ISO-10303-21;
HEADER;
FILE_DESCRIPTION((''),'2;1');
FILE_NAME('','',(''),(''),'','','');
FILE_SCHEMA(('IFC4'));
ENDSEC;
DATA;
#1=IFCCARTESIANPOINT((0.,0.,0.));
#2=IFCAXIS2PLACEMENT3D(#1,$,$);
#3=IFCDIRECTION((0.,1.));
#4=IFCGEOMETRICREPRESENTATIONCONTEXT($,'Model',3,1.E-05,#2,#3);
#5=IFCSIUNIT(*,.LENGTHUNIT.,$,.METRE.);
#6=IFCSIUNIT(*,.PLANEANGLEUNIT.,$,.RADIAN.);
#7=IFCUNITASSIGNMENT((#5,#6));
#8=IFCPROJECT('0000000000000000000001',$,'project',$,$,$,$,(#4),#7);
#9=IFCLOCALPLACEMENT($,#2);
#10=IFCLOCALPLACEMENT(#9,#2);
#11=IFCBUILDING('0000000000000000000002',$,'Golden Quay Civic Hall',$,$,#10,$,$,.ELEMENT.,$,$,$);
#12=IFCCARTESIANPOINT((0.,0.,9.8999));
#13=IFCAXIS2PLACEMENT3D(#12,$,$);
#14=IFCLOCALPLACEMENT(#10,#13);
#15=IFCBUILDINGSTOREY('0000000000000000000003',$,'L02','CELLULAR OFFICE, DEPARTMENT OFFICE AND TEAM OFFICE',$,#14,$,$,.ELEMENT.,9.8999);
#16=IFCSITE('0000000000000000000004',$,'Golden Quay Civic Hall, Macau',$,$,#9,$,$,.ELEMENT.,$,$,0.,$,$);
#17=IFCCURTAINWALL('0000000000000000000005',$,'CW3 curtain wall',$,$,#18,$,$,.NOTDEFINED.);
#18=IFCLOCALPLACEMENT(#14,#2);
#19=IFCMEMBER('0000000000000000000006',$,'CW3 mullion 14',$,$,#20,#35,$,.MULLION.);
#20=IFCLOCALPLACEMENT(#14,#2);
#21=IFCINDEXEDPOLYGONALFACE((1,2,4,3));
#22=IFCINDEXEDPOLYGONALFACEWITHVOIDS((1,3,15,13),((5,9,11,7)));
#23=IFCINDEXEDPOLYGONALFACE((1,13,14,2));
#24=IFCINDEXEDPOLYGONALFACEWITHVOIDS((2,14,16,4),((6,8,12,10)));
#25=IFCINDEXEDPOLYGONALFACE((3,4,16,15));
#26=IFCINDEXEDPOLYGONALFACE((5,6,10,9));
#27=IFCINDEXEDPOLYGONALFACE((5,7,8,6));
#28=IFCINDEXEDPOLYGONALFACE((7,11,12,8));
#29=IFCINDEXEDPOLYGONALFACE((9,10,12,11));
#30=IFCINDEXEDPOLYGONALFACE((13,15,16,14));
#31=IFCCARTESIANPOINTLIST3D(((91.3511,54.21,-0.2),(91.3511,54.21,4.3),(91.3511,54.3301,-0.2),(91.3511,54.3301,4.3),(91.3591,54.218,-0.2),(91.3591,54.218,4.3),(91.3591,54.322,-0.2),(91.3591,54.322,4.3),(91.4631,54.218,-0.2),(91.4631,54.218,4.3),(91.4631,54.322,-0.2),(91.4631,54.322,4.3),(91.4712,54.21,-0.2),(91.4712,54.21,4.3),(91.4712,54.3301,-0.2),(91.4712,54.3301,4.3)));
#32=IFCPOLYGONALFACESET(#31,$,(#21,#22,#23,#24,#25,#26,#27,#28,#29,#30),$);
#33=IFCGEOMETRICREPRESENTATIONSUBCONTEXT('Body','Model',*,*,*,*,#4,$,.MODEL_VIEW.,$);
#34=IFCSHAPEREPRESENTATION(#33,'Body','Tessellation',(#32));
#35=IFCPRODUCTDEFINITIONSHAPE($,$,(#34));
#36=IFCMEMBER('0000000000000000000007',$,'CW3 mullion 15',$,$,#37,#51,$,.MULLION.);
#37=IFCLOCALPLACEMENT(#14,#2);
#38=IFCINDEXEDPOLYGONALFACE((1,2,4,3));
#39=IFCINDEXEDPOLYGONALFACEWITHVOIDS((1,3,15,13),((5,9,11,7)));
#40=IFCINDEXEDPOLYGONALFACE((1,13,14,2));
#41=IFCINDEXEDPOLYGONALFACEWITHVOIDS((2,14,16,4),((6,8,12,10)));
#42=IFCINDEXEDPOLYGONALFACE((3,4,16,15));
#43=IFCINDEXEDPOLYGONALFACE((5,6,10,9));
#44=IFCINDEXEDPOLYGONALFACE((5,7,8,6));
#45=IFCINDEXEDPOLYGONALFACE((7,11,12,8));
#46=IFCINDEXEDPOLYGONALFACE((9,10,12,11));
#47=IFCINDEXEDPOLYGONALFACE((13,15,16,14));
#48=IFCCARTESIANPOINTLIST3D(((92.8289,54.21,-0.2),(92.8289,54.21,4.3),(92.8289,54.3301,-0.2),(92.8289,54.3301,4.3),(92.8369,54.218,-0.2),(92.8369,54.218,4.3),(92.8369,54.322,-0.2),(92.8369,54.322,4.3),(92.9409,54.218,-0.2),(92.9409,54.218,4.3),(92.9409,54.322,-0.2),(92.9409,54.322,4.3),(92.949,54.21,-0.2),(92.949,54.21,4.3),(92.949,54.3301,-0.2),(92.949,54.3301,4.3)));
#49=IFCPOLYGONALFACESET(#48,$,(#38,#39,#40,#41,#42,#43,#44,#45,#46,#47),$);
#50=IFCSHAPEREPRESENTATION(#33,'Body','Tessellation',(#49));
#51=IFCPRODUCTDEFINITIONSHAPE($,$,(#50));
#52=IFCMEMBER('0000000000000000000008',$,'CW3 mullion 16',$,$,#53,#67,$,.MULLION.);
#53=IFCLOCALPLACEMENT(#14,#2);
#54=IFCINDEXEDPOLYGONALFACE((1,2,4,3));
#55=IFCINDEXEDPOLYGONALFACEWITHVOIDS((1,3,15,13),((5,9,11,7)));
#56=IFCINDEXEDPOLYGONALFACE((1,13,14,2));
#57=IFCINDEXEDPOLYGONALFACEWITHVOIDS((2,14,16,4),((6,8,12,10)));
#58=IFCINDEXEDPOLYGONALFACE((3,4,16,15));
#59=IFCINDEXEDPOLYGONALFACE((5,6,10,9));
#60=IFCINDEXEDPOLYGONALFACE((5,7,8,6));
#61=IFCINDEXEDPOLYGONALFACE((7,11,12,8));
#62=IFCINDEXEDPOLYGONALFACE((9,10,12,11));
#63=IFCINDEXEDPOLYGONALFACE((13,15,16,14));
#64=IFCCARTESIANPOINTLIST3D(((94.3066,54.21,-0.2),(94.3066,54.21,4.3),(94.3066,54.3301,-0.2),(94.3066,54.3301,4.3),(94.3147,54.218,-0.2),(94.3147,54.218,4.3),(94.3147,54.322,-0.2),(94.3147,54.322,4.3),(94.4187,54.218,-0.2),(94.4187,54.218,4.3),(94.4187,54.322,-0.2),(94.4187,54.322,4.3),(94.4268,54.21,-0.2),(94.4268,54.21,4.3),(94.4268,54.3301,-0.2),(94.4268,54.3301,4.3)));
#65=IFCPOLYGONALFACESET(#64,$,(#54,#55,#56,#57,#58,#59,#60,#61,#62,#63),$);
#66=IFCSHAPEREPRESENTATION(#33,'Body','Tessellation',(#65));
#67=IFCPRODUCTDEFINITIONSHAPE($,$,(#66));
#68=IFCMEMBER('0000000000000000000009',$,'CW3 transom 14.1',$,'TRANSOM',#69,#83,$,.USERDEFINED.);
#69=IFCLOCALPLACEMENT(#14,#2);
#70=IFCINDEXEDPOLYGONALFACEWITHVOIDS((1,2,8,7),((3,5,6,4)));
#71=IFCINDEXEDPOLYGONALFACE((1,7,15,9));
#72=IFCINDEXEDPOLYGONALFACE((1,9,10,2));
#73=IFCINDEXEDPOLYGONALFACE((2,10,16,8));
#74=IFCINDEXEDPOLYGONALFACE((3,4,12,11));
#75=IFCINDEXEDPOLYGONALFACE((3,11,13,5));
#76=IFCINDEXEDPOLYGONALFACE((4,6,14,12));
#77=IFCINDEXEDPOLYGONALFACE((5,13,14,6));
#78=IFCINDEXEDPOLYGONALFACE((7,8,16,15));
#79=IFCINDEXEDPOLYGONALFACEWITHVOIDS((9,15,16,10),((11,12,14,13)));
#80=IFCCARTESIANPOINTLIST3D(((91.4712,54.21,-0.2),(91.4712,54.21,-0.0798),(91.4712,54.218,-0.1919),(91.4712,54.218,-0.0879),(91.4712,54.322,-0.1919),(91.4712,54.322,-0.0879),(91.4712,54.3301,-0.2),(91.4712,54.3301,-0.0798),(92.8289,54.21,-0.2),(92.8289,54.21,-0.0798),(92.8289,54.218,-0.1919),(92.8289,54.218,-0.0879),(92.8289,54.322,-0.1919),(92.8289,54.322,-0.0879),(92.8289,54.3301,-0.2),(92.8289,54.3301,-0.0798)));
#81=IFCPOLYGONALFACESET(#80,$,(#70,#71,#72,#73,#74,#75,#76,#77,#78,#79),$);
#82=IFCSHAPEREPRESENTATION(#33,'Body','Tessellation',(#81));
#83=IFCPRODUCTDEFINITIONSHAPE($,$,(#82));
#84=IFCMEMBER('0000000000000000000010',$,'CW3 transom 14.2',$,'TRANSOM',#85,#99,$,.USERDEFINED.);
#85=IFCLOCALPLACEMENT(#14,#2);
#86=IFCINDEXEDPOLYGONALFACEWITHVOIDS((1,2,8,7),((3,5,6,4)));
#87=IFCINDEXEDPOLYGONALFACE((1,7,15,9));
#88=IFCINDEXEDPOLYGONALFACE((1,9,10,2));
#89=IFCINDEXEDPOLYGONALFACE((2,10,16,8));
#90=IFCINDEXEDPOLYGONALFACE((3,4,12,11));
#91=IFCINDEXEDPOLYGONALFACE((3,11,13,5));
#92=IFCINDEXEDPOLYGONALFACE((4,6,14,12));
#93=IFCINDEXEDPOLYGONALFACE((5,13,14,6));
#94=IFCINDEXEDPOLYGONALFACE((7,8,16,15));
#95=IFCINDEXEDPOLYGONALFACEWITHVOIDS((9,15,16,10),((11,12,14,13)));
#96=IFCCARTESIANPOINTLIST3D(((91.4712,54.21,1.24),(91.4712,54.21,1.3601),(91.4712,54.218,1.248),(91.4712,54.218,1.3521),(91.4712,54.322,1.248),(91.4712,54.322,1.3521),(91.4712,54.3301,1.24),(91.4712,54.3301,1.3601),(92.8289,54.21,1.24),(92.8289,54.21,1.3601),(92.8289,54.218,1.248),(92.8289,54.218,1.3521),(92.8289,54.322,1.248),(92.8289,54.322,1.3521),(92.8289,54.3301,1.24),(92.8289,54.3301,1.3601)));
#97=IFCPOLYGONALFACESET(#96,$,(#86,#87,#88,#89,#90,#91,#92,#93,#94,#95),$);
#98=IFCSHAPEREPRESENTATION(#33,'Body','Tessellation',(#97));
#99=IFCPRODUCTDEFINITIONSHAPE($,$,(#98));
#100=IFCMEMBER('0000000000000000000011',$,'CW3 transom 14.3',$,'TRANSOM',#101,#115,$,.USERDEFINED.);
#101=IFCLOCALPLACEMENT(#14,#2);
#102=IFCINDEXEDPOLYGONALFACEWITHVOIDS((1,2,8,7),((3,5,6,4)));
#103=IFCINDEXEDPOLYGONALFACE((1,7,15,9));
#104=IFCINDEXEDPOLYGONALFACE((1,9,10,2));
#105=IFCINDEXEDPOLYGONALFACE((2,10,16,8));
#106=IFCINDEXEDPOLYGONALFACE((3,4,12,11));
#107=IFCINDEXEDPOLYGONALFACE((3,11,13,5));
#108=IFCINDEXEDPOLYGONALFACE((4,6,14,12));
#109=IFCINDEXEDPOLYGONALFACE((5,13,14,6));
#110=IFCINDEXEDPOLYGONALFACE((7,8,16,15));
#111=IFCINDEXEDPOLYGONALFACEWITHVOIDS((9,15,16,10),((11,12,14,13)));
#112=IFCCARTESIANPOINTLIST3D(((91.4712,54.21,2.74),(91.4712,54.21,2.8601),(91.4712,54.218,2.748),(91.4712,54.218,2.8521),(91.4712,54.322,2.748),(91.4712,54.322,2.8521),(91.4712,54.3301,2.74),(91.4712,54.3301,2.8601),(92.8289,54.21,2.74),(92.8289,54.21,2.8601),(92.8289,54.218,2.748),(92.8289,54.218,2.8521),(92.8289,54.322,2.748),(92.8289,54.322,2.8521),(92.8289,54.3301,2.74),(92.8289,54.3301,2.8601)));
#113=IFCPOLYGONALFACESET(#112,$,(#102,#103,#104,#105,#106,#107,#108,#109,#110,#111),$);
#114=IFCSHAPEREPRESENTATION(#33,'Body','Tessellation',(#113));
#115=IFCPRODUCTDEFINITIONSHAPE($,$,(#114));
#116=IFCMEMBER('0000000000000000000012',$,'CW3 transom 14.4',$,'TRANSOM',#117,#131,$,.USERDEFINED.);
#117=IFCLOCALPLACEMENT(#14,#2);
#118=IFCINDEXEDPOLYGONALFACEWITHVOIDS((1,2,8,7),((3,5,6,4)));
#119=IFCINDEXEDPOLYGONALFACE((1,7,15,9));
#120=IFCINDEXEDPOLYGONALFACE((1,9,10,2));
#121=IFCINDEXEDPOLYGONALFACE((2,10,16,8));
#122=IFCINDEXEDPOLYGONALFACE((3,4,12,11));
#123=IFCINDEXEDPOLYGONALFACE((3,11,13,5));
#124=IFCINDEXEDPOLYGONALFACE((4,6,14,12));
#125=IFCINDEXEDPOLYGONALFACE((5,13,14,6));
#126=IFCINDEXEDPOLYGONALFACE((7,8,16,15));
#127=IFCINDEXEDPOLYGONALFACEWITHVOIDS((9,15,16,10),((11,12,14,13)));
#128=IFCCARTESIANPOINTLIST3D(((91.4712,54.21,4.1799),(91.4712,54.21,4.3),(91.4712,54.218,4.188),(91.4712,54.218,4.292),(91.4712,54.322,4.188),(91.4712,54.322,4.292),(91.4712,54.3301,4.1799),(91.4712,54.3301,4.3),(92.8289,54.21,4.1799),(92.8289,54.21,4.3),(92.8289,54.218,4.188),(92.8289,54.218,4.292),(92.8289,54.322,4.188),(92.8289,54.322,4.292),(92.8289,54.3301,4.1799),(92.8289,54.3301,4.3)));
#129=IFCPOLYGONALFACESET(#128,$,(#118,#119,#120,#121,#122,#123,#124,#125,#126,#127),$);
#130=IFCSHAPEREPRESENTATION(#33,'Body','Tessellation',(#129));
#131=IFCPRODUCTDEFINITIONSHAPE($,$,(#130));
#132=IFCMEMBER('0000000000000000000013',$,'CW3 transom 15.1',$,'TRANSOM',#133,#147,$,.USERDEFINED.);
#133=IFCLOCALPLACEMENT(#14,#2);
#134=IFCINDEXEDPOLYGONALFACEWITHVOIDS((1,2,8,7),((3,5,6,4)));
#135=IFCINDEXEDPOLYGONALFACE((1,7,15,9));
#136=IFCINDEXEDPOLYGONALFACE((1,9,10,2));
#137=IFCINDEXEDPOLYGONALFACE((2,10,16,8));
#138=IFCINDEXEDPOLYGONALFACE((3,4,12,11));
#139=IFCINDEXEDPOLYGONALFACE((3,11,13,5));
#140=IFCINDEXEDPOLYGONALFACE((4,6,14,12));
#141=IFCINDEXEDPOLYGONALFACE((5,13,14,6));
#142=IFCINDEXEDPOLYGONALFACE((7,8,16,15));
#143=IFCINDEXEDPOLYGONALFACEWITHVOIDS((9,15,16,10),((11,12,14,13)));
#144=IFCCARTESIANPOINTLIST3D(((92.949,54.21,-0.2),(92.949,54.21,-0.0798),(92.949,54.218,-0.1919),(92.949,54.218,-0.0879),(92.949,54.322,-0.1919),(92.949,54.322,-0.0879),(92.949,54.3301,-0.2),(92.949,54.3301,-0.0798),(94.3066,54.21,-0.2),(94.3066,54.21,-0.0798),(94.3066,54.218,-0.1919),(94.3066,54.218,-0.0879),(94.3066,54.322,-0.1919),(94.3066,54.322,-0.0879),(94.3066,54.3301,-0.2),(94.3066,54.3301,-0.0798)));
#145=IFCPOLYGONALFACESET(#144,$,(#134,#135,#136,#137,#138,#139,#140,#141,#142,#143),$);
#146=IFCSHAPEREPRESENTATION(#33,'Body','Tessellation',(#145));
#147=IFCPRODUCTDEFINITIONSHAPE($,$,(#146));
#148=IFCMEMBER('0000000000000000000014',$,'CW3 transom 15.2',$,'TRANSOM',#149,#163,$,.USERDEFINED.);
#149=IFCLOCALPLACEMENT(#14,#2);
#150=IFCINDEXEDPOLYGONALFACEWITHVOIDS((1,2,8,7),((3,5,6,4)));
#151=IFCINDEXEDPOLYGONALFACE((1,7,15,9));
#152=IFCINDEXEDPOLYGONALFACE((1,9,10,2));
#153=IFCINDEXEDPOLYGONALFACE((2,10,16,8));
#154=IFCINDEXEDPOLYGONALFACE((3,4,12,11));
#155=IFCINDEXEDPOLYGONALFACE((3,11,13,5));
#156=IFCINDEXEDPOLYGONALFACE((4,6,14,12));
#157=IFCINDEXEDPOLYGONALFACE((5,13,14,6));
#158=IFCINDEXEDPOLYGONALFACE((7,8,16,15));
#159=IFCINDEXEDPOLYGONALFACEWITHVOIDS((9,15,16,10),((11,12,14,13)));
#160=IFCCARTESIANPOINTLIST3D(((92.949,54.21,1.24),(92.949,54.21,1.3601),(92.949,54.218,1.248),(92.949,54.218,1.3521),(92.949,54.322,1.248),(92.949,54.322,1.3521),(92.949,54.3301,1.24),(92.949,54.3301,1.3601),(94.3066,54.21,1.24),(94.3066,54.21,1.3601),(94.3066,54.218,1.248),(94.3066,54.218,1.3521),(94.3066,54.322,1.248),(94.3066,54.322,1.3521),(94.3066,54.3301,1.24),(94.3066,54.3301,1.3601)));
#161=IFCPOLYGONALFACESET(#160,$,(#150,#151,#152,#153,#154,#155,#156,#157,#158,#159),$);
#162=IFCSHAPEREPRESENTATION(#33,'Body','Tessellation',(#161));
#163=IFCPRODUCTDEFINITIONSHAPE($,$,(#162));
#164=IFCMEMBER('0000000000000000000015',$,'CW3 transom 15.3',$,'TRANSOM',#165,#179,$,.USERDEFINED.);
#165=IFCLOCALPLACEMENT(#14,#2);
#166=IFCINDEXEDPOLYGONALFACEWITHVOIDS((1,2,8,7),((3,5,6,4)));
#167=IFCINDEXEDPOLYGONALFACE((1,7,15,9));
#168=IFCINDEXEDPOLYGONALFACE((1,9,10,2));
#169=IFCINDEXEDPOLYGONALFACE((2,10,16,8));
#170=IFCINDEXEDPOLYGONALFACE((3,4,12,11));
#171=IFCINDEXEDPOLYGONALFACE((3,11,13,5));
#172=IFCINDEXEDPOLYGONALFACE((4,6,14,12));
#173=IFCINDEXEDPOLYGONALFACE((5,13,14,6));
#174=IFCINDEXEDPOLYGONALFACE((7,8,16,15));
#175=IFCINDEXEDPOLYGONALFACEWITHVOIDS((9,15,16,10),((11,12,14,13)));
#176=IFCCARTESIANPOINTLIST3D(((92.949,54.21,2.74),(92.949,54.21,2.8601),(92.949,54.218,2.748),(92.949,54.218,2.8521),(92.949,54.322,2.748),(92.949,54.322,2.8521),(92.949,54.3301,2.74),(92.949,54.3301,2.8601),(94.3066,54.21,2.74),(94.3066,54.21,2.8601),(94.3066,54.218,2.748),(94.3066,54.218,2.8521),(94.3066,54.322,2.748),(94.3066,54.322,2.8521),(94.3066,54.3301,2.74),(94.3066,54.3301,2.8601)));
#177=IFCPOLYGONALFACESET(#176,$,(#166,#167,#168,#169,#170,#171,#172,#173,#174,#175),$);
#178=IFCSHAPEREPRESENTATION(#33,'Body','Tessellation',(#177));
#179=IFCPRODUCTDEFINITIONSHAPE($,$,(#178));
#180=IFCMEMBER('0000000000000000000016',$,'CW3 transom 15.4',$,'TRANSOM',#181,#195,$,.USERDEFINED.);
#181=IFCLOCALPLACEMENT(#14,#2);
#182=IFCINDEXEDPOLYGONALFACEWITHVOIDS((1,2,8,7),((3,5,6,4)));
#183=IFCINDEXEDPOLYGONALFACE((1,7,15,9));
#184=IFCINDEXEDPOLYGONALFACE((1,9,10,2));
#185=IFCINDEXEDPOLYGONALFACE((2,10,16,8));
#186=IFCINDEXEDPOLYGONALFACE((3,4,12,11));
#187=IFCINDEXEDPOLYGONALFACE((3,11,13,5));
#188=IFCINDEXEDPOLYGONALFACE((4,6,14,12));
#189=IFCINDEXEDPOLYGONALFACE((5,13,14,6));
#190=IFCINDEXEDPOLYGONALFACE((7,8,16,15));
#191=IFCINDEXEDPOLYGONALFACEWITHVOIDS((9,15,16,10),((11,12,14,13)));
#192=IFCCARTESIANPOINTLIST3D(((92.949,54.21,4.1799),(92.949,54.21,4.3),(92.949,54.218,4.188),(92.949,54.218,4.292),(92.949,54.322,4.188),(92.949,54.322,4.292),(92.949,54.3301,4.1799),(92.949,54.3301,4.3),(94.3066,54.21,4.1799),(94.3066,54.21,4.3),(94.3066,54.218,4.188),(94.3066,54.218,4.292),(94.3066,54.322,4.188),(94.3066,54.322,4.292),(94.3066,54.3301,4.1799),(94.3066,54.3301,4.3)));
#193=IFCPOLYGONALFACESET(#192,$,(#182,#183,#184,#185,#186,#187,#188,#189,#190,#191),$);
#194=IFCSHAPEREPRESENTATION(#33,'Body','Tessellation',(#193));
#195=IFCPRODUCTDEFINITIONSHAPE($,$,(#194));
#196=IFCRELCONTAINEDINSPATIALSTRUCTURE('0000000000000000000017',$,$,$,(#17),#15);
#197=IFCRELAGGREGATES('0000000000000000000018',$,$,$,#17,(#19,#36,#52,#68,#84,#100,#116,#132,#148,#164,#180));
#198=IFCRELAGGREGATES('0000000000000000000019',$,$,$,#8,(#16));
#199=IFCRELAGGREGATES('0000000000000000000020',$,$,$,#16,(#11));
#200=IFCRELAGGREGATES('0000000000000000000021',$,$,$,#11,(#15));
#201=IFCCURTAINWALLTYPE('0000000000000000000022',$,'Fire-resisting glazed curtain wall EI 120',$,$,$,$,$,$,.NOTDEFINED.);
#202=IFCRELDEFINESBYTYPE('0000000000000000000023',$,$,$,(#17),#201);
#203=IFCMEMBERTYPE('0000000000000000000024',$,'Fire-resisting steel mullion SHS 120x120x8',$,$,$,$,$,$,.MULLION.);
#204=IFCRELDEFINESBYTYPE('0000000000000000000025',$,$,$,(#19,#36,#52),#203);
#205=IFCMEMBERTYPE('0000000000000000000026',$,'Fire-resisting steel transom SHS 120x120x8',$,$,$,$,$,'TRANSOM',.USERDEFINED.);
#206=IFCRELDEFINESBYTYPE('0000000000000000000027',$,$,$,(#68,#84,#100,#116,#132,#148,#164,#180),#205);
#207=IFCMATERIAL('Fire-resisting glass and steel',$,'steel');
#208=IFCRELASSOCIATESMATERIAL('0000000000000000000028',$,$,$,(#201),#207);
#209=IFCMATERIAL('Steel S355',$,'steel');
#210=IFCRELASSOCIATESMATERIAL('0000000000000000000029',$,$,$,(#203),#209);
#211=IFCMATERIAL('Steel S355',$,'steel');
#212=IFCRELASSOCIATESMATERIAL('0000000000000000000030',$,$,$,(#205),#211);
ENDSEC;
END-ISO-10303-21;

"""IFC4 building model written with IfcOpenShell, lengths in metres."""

from ifc_helpers import new_model, si_unit, direction, frame, origin, origin_2d, place, context, subcontext, project, spatial, hollow_rectangle, extrude, material, material_profile, profile_set, type_object, element, aggregate, save


model = new_model("IFC4")

# Units and contexts
model_context = context("Model", 3, precision=1e-05, world=origin(), true_north=direction((0.0, 1.0)))
body_context = subcontext(model_context, "Body", "Model", "MODEL_VIEW")
ifc_project = project(units=[si_unit("LENGTHUNIT", "METRE"), si_unit("PLANEANGLEUNIT", "RADIAN")], contexts=[model_context])

# Site, building, storey
site_placement = place(None, origin())
site = spatial("IfcSite", under=ifc_project, at=site_placement, Name="Golden Quay Civic Hall, Macau", CompositionType="ELEMENT", RefElevation=0.0)
building_placement = place(site_placement, origin())
building = spatial("IfcBuilding", under=site, at=building_placement, Name="Golden Quay Civic Hall", CompositionType="ELEMENT")
storey_placement = place(building_placement, frame((0.0, 0.0, 9.8999)))
storey = spatial("IfcBuildingStorey", under=building, at=storey_placement, Name="L02", Description="CELLULAR OFFICE, DEPARTMENT OFFICE AND TEAM OFFICE", CompositionType="ELEMENT", Elevation=9.8999)

# Curtain wall, members
ifc_material_1 = material(Name="Fire-resisting glass and steel", Category="steel")
curtain_wall_type = type_object("IfcCurtainWallType", Name="Fire-resisting glazed curtain wall EI 120", PredefinedType="NOTDEFINED", material=ifc_material_1)
curtain_wall_placement = place(storey_placement, origin())
curtain_wall = element("IfcCurtainWall", 1, at=curtain_wall_placement, inside=storey, type_object=curtain_wall_type, Name="CW3 curtain wall", PredefinedType="NOTDEFINED")
ifc_material_2 = material(Name="Steel S355", Category="steel")
ifc_material_profile_1 = material_profile(ifc_material_2, hollow_rectangle(XDim=0.1201, YDim=0.1201, WallThickness=0.0081, at=origin_2d()), Name="SHS 120x120x8")
ifc_profile_set_1 = profile_set([ifc_material_profile_1], Name="Steel S355")
member_type_1 = type_object("IfcMemberType", Name="Fire-resisting steel mullion SHS 120x120x8", PredefinedType="MULLION", material=ifc_profile_set_1)
member_1_placement = place(storey_placement, frame((91.4111, 54.27, -0.2), z_axis=(0.0, 0.0, 1.0), x_axis=(0.0, 1.0, 0.0)))
member_1 = element("IfcMember", 2, at=member_1_placement, type_object=member_type_1, Name="CW3 mullion 14", PredefinedType="MULLION", context=body_context, shape_type="SweptSolid", body=[
    extrude(hollow_rectangle(XDim=0.1201, YDim=0.1201, WallThickness=0.0081, at=origin_2d()), origin(), (0.0, 0.0, 1.0), 4.5),
])
member_2_placement = place(storey_placement, frame((92.8889, 54.27, -0.2), z_axis=(0.0, 0.0, 1.0), x_axis=(0.0, 1.0, 0.0)))
member_2 = element("IfcMember", 3, at=member_2_placement, type_object=member_type_1, Name="CW3 mullion 15", PredefinedType="MULLION", context=body_context, shape_type="SweptSolid", body=[
    extrude(hollow_rectangle(XDim=0.1201, YDim=0.1201, WallThickness=0.0081, at=origin_2d()), origin(), (0.0, 0.0, 1.0), 4.5),
])
member_3_placement = place(storey_placement, frame((94.3667, 54.27, -0.2), z_axis=(0.0, 0.0, 1.0), x_axis=(0.0, 1.0, 0.0)))
member_3 = element("IfcMember", 4, at=member_3_placement, type_object=member_type_1, Name="CW3 mullion 16", PredefinedType="MULLION", context=body_context, shape_type="SweptSolid", body=[
    extrude(hollow_rectangle(XDim=0.1201, YDim=0.1201, WallThickness=0.0081, at=origin_2d()), origin(), (0.0, 0.0, 1.0), 4.5),
])
ifc_material_3 = material(Name="Steel S355", Category="steel")
ifc_material_profile_2 = material_profile(ifc_material_3, hollow_rectangle(XDim=0.1201, YDim=0.1201, WallThickness=0.0081, at=origin_2d()), Name="SHS 120x120x8")
ifc_profile_set_2 = profile_set([ifc_material_profile_2], Name="Steel S355")
member_type_2 = type_object("IfcMemberType", Name="Fire-resisting steel transom SHS 120x120x8", ElementType="TRANSOM", PredefinedType="USERDEFINED", material=ifc_profile_set_2)
member_4_placement = place(storey_placement, frame((91.4712, 54.27, -0.1399), z_axis=(1.0, 0.0, 0.0), x_axis=(0.0, 1.0, 0.0)))
member_4 = element("IfcMember", 5, at=member_4_placement, type_object=member_type_2, Name="CW3 transom 14.1", ObjectType="TRANSOM", PredefinedType="USERDEFINED", context=body_context, shape_type="SweptSolid", body=[
    extrude(hollow_rectangle(XDim=0.1201, YDim=0.1201, WallThickness=0.0081, at=origin_2d()), origin(), (0.0, 0.0, 1.0), 1.3577),
])
member_5_placement = place(storey_placement, frame((91.4712, 54.27, 1.3), z_axis=(1.0, 0.0, 0.0), x_axis=(0.0, 1.0, 0.0)))
member_5 = element("IfcMember", 6, at=member_5_placement, type_object=member_type_2, Name="CW3 transom 14.2", ObjectType="TRANSOM", PredefinedType="USERDEFINED", context=body_context, shape_type="SweptSolid", body=[
    extrude(hollow_rectangle(XDim=0.1201, YDim=0.1201, WallThickness=0.0081, at=origin_2d()), origin(), (0.0, 0.0, 1.0), 1.3577),
])
member_6_placement = place(storey_placement, frame((91.4712, 54.27, 2.8), z_axis=(1.0, 0.0, 0.0), x_axis=(0.0, 1.0, 0.0)))
member_6 = element("IfcMember", 7, at=member_6_placement, type_object=member_type_2, Name="CW3 transom 14.3", ObjectType="TRANSOM", PredefinedType="USERDEFINED", context=body_context, shape_type="SweptSolid", body=[
    extrude(hollow_rectangle(XDim=0.1201, YDim=0.1201, WallThickness=0.0081, at=origin_2d()), origin(), (0.0, 0.0, 1.0), 1.3577),
])
member_7_placement = place(storey_placement, frame((91.4712, 54.27, 4.24), z_axis=(1.0, 0.0, 0.0), x_axis=(0.0, 1.0, 0.0)))
member_7 = element("IfcMember", 8, at=member_7_placement, type_object=member_type_2, Name="CW3 transom 14.4", ObjectType="TRANSOM", PredefinedType="USERDEFINED", context=body_context, shape_type="SweptSolid", body=[
    extrude(hollow_rectangle(XDim=0.1201, YDim=0.1201, WallThickness=0.0081, at=origin_2d()), origin(), (0.0, 0.0, 1.0), 1.3577),
])
member_8_placement = place(storey_placement, frame((92.949, 54.27, -0.1399), z_axis=(1.0, 0.0, 0.0), x_axis=(0.0, 1.0, 0.0)))
member_8 = element("IfcMember", 9, at=member_8_placement, type_object=member_type_2, Name="CW3 transom 15.1", ObjectType="TRANSOM", PredefinedType="USERDEFINED", context=body_context, shape_type="SweptSolid", body=[
    extrude(hollow_rectangle(XDim=0.1201, YDim=0.1201, WallThickness=0.0081, at=origin_2d()), origin(), (0.0, 0.0, 1.0), 1.3577),
])
member_9_placement = place(storey_placement, frame((92.949, 54.27, 1.3), z_axis=(1.0, 0.0, 0.0), x_axis=(0.0, 1.0, 0.0)))
member_9 = element("IfcMember", 10, at=member_9_placement, type_object=member_type_2, Name="CW3 transom 15.2", ObjectType="TRANSOM", PredefinedType="USERDEFINED", context=body_context, shape_type="SweptSolid", body=[
    extrude(hollow_rectangle(XDim=0.1201, YDim=0.1201, WallThickness=0.0081, at=origin_2d()), origin(), (0.0, 0.0, 1.0), 1.3577),
])
member_10_placement = place(storey_placement, frame((92.949, 54.27, 2.8), z_axis=(1.0, 0.0, 0.0), x_axis=(0.0, 1.0, 0.0)))
member_10 = element("IfcMember", 11, at=member_10_placement, type_object=member_type_2, Name="CW3 transom 15.3", ObjectType="TRANSOM", PredefinedType="USERDEFINED", context=body_context, shape_type="SweptSolid", body=[
    extrude(hollow_rectangle(XDim=0.1201, YDim=0.1201, WallThickness=0.0081, at=origin_2d()), origin(), (0.0, 0.0, 1.0), 1.3577),
])
member_11_placement = place(storey_placement, frame((92.949, 54.27, 4.24), z_axis=(1.0, 0.0, 0.0), x_axis=(0.0, 1.0, 0.0)))
member_11 = element("IfcMember", 12, at=member_11_placement, type_object=member_type_2, Name="CW3 transom 15.4", ObjectType="TRANSOM", PredefinedType="USERDEFINED", context=body_context, shape_type="SweptSolid", body=[
    extrude(hollow_rectangle(XDim=0.1201, YDim=0.1201, WallThickness=0.0081, at=origin_2d()), origin(), (0.0, 0.0, 1.0), 1.3577),
])
aggregate(curtain_wall, [member_1, member_2, member_3, member_4, member_5, member_6, member_7, member_8, member_9, member_10, member_11])

save(model, "model.ifc")
